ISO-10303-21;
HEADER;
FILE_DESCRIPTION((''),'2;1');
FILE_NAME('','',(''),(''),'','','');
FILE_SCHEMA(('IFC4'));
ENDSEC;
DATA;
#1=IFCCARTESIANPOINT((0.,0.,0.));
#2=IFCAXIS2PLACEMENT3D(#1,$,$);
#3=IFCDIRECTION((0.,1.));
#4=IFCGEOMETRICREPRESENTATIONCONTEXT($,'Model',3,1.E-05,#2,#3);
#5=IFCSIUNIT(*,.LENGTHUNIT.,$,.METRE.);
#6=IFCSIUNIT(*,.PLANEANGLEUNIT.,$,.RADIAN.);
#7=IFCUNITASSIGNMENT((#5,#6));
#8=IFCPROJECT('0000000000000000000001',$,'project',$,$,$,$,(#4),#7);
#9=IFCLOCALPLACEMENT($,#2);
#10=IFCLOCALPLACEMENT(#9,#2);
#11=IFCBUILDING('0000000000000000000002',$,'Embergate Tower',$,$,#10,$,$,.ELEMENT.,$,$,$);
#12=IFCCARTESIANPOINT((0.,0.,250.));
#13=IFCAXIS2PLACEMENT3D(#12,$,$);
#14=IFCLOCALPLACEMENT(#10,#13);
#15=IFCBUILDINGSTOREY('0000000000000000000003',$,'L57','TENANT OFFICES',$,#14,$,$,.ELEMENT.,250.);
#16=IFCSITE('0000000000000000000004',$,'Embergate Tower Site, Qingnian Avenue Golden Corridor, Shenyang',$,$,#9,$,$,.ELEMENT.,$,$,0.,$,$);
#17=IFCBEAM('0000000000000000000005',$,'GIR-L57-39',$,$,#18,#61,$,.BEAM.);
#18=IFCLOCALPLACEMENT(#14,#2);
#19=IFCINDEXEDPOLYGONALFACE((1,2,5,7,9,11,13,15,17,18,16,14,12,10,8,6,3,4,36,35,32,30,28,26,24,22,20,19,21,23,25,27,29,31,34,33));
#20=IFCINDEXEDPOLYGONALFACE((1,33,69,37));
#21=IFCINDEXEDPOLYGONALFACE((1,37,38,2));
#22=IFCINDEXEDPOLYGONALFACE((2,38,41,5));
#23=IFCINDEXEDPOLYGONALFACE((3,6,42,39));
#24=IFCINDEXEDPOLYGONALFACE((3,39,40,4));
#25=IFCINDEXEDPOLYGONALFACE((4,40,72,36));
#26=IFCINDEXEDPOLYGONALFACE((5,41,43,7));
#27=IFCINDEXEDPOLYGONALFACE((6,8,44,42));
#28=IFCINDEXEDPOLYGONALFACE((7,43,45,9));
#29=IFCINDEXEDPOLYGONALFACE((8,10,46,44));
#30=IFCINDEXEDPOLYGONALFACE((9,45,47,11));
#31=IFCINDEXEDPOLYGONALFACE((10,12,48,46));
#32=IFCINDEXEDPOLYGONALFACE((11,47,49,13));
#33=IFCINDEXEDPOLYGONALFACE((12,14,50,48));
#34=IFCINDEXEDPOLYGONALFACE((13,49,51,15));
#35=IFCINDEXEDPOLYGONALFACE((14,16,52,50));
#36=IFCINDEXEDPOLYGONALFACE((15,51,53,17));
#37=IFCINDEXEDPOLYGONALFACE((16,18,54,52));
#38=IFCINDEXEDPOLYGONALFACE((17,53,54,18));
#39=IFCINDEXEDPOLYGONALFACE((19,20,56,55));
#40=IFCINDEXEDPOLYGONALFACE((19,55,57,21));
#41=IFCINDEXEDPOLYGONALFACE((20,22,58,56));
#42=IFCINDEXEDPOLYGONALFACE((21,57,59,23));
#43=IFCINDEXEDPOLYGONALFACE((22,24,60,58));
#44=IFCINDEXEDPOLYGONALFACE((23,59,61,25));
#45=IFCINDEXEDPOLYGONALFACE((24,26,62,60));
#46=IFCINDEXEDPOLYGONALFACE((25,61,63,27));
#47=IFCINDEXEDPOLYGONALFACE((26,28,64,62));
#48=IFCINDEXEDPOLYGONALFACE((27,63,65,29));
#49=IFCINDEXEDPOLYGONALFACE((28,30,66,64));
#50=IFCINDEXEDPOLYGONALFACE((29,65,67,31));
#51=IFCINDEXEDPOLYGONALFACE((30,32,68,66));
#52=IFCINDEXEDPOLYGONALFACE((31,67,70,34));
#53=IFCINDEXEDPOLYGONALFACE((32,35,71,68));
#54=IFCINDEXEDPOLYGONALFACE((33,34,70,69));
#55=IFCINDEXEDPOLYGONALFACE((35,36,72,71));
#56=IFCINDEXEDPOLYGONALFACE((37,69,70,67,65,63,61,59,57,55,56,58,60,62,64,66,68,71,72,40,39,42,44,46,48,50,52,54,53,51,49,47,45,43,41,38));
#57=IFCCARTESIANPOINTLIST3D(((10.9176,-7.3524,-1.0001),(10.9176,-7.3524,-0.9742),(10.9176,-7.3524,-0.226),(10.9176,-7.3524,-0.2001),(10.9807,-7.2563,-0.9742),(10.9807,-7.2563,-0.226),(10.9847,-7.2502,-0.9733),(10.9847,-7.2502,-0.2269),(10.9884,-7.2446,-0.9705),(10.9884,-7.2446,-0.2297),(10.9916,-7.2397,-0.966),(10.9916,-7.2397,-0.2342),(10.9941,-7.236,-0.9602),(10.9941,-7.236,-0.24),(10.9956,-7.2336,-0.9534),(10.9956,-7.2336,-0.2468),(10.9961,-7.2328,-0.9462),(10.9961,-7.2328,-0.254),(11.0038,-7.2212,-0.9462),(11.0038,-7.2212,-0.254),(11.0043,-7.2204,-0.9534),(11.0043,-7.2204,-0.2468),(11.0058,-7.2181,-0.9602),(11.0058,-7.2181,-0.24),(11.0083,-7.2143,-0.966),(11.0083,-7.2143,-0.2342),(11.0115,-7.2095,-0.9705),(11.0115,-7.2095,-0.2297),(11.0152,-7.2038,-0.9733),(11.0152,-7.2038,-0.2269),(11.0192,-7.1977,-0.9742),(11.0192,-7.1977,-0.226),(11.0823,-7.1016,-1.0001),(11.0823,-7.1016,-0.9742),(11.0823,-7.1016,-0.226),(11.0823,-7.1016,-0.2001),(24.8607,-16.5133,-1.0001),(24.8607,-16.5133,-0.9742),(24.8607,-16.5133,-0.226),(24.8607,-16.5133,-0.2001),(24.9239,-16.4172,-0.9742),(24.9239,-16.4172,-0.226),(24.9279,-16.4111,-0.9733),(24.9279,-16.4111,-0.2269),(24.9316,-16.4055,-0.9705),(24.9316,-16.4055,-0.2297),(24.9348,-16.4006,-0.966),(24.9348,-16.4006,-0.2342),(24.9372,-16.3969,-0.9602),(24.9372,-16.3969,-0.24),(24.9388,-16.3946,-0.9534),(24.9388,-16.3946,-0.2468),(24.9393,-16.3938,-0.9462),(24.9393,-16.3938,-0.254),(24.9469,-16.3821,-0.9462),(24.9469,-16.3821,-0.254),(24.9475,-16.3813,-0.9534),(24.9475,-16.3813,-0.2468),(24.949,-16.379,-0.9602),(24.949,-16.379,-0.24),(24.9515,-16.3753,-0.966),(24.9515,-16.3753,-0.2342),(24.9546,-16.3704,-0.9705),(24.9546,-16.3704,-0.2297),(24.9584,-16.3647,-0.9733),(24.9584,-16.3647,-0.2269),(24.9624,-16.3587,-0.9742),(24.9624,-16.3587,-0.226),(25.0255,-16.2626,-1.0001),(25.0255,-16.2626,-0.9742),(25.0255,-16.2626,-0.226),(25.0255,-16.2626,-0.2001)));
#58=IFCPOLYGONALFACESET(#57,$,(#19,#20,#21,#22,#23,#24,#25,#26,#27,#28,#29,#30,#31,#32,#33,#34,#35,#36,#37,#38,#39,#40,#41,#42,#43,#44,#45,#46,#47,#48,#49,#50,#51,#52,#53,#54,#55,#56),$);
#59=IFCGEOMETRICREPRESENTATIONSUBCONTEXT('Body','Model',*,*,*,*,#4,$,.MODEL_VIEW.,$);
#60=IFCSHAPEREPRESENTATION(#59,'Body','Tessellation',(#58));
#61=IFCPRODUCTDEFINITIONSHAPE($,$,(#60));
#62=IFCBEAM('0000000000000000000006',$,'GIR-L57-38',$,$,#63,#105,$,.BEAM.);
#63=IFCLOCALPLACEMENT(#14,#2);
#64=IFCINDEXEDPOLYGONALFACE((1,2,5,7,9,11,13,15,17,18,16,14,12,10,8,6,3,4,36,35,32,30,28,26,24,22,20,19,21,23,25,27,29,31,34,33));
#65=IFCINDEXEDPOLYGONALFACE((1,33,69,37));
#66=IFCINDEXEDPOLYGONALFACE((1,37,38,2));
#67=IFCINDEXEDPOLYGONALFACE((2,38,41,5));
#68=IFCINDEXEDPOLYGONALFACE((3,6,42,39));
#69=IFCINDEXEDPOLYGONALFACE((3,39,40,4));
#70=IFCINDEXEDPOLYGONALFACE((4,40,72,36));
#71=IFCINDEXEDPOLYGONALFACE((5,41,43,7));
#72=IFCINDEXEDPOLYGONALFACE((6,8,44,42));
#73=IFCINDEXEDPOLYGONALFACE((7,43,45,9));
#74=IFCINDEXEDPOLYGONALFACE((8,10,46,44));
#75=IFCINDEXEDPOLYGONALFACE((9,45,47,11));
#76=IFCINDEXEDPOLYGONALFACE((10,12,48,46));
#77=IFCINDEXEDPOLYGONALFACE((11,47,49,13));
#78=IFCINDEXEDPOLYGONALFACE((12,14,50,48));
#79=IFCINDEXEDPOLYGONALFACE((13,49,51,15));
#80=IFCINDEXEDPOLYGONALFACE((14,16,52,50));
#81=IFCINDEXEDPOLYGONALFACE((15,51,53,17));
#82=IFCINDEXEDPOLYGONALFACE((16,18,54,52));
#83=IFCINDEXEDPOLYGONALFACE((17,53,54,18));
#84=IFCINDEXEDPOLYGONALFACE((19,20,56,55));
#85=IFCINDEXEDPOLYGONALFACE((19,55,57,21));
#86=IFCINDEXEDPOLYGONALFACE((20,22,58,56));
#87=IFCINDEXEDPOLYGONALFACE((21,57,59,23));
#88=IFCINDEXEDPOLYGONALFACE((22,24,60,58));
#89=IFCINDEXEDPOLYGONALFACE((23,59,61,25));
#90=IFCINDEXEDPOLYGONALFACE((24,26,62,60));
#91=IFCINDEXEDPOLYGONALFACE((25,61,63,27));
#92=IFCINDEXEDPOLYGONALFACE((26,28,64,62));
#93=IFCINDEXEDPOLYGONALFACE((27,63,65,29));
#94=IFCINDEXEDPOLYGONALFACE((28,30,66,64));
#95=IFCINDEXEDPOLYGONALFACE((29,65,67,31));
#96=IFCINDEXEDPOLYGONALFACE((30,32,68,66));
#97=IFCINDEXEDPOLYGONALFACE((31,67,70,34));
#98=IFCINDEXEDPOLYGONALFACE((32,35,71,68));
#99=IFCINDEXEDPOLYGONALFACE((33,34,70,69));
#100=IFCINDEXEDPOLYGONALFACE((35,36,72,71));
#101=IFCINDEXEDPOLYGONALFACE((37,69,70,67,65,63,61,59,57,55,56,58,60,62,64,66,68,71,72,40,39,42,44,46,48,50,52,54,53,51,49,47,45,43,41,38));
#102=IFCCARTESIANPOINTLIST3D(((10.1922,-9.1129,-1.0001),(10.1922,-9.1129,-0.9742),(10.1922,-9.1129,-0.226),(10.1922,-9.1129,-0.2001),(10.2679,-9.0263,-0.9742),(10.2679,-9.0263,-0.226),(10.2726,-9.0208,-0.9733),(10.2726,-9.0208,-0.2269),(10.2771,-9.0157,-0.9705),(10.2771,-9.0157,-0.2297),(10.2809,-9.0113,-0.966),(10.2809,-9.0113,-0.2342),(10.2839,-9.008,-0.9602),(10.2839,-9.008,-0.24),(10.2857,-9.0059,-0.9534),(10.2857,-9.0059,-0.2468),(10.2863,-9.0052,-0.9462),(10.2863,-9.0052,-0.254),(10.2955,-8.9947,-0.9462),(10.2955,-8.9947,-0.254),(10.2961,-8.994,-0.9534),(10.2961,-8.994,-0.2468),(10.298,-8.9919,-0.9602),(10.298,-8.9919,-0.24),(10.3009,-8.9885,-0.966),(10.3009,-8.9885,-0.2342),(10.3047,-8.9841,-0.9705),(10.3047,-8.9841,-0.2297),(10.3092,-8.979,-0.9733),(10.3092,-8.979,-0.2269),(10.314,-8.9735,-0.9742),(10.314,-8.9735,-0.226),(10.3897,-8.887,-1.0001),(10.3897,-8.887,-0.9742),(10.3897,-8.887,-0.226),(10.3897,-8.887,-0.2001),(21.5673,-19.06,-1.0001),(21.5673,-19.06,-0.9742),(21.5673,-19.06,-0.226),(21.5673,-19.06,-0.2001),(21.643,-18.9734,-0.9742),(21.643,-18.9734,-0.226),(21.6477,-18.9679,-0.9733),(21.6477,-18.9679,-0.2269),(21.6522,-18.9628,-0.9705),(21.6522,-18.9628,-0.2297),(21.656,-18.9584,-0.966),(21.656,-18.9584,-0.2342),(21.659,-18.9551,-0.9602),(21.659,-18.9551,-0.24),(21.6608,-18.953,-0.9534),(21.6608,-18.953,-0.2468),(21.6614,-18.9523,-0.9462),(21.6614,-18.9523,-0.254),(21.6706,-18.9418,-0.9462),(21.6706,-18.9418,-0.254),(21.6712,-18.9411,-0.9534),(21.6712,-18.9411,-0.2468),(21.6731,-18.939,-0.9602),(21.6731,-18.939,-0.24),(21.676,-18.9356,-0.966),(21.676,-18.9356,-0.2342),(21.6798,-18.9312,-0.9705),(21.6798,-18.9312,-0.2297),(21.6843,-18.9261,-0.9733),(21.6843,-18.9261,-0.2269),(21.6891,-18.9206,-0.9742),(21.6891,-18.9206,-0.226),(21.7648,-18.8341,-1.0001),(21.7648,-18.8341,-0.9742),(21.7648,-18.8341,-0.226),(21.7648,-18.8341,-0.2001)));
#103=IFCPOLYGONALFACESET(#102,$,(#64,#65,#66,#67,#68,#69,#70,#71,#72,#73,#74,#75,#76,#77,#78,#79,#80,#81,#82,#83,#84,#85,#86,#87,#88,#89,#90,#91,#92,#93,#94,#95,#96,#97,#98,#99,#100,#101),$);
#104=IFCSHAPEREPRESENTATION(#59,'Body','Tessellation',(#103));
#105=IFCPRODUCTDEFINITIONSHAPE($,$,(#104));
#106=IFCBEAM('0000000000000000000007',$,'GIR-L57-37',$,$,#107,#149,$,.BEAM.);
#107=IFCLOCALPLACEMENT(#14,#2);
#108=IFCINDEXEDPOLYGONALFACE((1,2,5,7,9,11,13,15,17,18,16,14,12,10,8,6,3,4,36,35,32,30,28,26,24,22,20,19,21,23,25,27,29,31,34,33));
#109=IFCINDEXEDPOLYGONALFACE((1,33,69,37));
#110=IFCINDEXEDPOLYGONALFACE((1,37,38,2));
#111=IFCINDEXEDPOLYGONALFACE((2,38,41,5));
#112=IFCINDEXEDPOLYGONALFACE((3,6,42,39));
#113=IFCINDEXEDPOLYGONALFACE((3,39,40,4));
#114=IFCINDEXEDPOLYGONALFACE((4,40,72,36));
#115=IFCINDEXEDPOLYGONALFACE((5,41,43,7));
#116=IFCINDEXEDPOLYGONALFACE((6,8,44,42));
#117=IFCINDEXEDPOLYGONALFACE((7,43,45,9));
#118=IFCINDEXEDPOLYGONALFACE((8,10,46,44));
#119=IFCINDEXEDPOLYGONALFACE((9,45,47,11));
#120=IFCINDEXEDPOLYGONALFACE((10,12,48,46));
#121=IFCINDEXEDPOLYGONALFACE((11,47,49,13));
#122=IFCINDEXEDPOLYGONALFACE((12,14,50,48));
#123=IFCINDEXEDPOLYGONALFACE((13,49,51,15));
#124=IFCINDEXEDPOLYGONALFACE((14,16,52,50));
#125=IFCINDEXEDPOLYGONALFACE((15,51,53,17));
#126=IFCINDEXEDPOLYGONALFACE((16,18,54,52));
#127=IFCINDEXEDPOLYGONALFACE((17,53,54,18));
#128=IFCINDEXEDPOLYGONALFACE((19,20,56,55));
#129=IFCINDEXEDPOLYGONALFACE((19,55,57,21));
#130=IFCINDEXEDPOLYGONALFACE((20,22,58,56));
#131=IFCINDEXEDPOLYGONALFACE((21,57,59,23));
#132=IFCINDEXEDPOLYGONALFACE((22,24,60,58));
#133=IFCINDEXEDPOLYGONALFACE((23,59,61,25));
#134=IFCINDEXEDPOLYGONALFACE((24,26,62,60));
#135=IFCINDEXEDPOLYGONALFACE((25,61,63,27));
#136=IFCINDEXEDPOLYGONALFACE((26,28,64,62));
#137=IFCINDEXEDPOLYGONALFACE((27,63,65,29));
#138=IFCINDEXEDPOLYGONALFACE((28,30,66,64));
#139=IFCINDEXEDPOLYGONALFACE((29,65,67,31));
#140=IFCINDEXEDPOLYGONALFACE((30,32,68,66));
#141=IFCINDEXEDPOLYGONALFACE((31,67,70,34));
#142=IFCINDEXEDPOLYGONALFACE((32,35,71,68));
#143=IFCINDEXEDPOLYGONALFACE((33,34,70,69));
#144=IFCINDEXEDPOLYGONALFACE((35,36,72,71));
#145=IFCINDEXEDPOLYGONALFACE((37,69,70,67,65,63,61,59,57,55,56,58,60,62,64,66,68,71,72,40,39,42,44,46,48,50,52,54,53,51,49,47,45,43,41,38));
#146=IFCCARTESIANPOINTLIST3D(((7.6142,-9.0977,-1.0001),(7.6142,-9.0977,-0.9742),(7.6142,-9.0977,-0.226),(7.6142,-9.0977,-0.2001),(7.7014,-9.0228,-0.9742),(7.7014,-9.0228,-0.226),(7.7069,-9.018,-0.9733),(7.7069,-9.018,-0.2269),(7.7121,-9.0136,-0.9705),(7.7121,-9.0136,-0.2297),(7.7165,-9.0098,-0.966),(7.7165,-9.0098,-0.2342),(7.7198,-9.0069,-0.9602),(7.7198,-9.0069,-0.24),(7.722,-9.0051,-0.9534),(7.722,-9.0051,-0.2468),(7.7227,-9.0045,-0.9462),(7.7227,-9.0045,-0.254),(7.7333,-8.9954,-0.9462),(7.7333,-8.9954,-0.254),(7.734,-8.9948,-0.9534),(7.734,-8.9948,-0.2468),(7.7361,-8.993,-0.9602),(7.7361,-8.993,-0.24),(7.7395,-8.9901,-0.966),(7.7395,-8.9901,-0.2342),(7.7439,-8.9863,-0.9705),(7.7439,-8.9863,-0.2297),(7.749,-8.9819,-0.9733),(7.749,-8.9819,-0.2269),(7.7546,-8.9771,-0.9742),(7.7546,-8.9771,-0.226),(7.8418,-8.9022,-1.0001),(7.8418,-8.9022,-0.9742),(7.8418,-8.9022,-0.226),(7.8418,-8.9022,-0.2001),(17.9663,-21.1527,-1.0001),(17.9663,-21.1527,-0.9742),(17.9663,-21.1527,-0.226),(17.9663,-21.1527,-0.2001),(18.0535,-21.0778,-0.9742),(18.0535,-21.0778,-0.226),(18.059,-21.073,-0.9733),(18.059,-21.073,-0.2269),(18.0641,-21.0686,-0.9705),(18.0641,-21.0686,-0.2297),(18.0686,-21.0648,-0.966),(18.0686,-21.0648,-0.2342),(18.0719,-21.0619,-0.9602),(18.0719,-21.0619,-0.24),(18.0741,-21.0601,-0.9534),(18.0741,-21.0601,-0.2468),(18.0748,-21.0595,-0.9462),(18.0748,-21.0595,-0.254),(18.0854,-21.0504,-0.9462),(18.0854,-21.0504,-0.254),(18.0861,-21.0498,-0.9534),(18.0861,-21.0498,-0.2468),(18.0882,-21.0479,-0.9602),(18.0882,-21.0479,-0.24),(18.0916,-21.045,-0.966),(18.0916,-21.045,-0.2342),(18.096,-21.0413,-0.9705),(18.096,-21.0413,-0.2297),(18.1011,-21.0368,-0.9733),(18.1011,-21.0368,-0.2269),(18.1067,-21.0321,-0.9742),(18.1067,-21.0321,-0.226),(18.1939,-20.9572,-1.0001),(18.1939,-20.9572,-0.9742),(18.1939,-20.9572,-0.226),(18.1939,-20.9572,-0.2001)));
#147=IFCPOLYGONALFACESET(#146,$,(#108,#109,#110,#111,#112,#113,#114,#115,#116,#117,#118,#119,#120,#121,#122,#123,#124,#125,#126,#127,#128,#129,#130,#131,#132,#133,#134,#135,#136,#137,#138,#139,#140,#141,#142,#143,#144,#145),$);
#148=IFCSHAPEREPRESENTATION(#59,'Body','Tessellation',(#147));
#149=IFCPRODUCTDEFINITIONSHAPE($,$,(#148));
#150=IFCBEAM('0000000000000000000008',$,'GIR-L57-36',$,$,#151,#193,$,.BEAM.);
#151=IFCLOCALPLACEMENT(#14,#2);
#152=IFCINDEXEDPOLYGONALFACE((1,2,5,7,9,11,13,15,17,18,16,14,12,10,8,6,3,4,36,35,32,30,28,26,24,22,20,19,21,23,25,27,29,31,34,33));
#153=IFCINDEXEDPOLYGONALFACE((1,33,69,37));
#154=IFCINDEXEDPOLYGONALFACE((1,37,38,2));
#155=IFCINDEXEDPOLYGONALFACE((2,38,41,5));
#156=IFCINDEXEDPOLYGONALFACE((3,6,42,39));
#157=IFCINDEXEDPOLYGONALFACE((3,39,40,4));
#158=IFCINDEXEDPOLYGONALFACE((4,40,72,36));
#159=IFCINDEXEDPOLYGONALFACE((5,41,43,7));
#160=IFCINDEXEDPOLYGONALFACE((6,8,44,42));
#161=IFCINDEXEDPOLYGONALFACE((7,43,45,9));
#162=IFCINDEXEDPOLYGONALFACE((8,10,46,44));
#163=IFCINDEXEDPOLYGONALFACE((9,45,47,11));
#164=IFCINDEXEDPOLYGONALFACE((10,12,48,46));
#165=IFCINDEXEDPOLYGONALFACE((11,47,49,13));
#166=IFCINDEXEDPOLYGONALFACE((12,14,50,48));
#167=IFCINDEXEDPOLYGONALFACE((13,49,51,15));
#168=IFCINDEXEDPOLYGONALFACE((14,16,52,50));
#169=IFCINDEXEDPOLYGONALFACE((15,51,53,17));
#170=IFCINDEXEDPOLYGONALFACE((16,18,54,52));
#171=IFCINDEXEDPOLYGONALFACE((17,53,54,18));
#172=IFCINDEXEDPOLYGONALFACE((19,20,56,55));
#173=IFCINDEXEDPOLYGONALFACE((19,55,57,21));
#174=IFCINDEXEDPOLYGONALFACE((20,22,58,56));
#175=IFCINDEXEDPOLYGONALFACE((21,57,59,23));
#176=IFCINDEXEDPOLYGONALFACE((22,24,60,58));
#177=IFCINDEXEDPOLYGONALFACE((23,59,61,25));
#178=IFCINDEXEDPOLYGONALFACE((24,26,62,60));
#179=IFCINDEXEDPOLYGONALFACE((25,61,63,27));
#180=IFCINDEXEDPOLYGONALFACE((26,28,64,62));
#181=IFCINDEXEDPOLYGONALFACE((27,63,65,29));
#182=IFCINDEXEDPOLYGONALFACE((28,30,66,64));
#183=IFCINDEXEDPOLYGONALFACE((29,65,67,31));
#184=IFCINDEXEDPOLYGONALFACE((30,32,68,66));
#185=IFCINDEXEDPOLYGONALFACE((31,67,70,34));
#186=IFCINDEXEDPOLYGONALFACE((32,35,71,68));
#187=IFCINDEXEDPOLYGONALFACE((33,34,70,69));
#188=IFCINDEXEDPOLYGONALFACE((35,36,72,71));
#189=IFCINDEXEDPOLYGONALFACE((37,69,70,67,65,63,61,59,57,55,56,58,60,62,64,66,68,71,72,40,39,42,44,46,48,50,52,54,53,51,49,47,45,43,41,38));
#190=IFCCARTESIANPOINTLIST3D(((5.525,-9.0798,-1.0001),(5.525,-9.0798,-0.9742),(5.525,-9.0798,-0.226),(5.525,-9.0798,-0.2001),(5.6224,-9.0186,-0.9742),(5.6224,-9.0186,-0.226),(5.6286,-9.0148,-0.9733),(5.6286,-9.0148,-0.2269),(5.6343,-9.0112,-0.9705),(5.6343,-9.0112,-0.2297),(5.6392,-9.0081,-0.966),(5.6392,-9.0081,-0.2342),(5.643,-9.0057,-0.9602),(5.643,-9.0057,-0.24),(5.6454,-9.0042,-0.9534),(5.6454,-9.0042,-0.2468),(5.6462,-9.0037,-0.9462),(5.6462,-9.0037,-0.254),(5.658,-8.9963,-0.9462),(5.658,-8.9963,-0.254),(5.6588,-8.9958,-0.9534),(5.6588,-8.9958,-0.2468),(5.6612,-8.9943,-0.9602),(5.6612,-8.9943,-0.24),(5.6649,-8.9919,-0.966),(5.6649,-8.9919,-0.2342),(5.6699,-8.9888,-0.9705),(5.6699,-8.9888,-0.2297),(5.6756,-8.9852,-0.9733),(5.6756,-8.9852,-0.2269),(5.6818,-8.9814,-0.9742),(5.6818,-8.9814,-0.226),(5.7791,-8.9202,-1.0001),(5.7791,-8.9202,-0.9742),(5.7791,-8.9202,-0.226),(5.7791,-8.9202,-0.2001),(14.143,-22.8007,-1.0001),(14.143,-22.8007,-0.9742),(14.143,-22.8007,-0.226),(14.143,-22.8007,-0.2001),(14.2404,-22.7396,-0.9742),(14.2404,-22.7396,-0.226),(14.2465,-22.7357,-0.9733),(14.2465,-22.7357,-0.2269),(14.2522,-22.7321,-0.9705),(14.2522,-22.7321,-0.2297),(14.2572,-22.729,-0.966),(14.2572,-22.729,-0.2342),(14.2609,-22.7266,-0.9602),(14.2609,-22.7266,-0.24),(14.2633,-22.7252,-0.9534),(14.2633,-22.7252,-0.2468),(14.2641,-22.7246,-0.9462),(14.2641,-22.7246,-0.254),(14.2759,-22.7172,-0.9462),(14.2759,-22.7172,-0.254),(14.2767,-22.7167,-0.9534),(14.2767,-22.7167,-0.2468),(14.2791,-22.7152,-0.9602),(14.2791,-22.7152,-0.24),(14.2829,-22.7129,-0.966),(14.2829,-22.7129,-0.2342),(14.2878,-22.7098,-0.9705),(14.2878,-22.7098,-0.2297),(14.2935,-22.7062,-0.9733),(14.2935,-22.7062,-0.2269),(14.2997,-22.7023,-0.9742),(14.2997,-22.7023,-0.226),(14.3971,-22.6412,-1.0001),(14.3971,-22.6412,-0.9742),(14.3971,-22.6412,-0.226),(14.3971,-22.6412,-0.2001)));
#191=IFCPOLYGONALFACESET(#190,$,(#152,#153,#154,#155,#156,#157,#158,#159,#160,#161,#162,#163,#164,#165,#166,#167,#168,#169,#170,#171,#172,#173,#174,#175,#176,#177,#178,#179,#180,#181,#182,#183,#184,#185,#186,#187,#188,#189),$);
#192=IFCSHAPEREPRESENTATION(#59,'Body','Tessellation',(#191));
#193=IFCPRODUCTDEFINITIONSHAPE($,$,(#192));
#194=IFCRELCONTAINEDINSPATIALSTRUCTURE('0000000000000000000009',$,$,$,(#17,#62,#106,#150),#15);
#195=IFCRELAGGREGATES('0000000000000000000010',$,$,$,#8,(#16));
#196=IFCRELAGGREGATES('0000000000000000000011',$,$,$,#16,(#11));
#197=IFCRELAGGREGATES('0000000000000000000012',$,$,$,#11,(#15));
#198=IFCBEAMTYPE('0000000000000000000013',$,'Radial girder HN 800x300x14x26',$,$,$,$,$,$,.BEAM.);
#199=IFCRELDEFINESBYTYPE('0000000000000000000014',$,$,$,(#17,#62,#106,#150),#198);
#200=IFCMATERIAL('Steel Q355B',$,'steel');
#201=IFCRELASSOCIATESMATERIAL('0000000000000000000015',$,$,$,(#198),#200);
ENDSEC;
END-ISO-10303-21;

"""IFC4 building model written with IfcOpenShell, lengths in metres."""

from ifc_helpers import new_model, si_unit, direction, frame, origin, origin_2d, place, context, subcontext, project, spatial, i_section, extrude, source, transform, mapped, material, material_profile, profile_set, type_object, element, save


model = new_model("IFC4")

# Units and contexts
model_context = context("Model", 3, precision=1e-05, world=origin(), true_north=direction((0.0, 1.0)))
body_context = subcontext(model_context, "Body", "Model", "MODEL_VIEW")
ifc_project = project(units=[si_unit("LENGTHUNIT", "METRE"), si_unit("PLANEANGLEUNIT", "RADIAN")], contexts=[model_context])

# Site, building, storey
site_placement = place(None, origin())
site = spatial("IfcSite", under=ifc_project, at=site_placement, Name="Embergate Tower Site, Qingnian Avenue Golden Corridor, Shenyang", CompositionType="ELEMENT", RefElevation=0.0)
building_placement = place(site_placement, origin())
building = spatial("IfcBuilding", under=site, at=building_placement, Name="Embergate Tower", CompositionType="ELEMENT")
storey_placement = place(building_placement, frame((0.0, 0.0, 250.0)))
storey = spatial("IfcBuildingStorey", under=building, at=storey_placement, Name="L57", Description="TENANT OFFICES", CompositionType="ELEMENT", Elevation=250.0)

# Beams
ifc_material_1 = material(Name="Steel Q355B", Category="steel")
ifc_material_profile_1 = material_profile(ifc_material_1, i_section(OverallWidth=0.3, OverallDepth=0.8, WebThickness=0.0139, FlangeThickness=0.0259, FilletRadius=0.0281, at=origin_2d()), Name="HN 800x300x14x26")
ifc_profile_set_1 = profile_set([ifc_material_profile_1], Name="Steel Q355 grade B")
beam_type_1 = type_object("IfcBeamType", Name="Radial girder HN 800x300x14x26", PredefinedType="BEAM", material=ifc_profile_set_1)
shared_shape_1 = source(origin(), body_context, "Body", "SweptSolid", [
    extrude(i_section(OverallWidth=0.3, OverallDepth=0.8, WebThickness=0.0139, FlangeThickness=0.0259, FilletRadius=0.0281, at=origin_2d()), origin(), (0.0, 0.0, 1.0), 16.6833),
])
beam_1_placement = place(storey_placement, frame((24.9431, -16.3879, -0.6001), z_axis=(-0.835753, 0.549105, 0.0), x_axis=(-0.549105, -0.835753, 0.0)))
element("IfcBeam", 1, at=beam_1_placement, inside=storey, type_object=beam_type_1, Name="GIR-L57-39", PredefinedType="BEAM", context=body_context, shape_type="MappedRepresentation", body=[
    mapped(shared_shape_1, transform((0.0, 0.0, 0.0))),
])
shared_shape_2 = source(origin(), body_context, "Body", "SweptSolid", [
    extrude(i_section(OverallWidth=0.3, OverallDepth=0.8, WebThickness=0.0139, FlangeThickness=0.0259, FilletRadius=0.0281, at=origin_2d()), origin(), (0.0, 0.0, 1.0), 15.1108),
])
beam_2_placement = place(storey_placement, frame((21.666, -18.947, -0.6001), z_axis=(-0.752777, 0.658276, 0.0), x_axis=(-0.658276, -0.752777, 0.0)))
element("IfcBeam", 2, at=beam_2_placement, inside=storey, type_object=beam_type_1, Name="GIR-L57-38", PredefinedType="BEAM", context=body_context, shape_type="MappedRepresentation", body=[
    mapped(shared_shape_2, transform((0.0, 0.0, 0.0))),
])
shared_shape_3 = source(origin(), body_context, "Body", "SweptSolid", [
    extrude(i_section(OverallWidth=0.3, OverallDepth=0.8, WebThickness=0.0139, FlangeThickness=0.0259, FilletRadius=0.0281, at=origin_2d()), origin(), (0.0, 0.0, 1.0), 15.8899),
])
beam_3_placement = place(storey_placement, frame((18.0801, -21.0549, -0.6001), z_axis=(-0.65149, 0.758658, 0.0), x_axis=(-0.758658, -0.65149, 0.0)))
element("IfcBeam", 3, at=beam_3_placement, inside=storey, type_object=beam_type_1, Name="GIR-L57-37", PredefinedType="BEAM", context=body_context, shape_type="MappedRepresentation", body=[
    mapped(shared_shape_3, transform((0.0, 0.0, 0.0))),
])
shared_shape_4 = source(origin(), body_context, "Body", "SweptSolid", [
    extrude(i_section(OverallWidth=0.3, OverallDepth=0.8, WebThickness=0.0139, FlangeThickness=0.0259, FilletRadius=0.0281, at=origin_2d()), origin(), (0.0, 0.0, 1.0), 16.2029),
])
beam_4_placement = place(storey_placement, frame((14.27, -22.7209, -0.6001), z_axis=(-0.531876, 0.846822, 0.0), x_axis=(-0.846822, -0.531876, 0.0)))
element("IfcBeam", 4, at=beam_4_placement, inside=storey, type_object=beam_type_1, Name="GIR-L57-36", PredefinedType="BEAM", context=body_context, shape_type="MappedRepresentation", body=[
    mapped(shared_shape_4, transform((0.0, 0.0, 0.0))),
])

save(model, "model.ifc")
